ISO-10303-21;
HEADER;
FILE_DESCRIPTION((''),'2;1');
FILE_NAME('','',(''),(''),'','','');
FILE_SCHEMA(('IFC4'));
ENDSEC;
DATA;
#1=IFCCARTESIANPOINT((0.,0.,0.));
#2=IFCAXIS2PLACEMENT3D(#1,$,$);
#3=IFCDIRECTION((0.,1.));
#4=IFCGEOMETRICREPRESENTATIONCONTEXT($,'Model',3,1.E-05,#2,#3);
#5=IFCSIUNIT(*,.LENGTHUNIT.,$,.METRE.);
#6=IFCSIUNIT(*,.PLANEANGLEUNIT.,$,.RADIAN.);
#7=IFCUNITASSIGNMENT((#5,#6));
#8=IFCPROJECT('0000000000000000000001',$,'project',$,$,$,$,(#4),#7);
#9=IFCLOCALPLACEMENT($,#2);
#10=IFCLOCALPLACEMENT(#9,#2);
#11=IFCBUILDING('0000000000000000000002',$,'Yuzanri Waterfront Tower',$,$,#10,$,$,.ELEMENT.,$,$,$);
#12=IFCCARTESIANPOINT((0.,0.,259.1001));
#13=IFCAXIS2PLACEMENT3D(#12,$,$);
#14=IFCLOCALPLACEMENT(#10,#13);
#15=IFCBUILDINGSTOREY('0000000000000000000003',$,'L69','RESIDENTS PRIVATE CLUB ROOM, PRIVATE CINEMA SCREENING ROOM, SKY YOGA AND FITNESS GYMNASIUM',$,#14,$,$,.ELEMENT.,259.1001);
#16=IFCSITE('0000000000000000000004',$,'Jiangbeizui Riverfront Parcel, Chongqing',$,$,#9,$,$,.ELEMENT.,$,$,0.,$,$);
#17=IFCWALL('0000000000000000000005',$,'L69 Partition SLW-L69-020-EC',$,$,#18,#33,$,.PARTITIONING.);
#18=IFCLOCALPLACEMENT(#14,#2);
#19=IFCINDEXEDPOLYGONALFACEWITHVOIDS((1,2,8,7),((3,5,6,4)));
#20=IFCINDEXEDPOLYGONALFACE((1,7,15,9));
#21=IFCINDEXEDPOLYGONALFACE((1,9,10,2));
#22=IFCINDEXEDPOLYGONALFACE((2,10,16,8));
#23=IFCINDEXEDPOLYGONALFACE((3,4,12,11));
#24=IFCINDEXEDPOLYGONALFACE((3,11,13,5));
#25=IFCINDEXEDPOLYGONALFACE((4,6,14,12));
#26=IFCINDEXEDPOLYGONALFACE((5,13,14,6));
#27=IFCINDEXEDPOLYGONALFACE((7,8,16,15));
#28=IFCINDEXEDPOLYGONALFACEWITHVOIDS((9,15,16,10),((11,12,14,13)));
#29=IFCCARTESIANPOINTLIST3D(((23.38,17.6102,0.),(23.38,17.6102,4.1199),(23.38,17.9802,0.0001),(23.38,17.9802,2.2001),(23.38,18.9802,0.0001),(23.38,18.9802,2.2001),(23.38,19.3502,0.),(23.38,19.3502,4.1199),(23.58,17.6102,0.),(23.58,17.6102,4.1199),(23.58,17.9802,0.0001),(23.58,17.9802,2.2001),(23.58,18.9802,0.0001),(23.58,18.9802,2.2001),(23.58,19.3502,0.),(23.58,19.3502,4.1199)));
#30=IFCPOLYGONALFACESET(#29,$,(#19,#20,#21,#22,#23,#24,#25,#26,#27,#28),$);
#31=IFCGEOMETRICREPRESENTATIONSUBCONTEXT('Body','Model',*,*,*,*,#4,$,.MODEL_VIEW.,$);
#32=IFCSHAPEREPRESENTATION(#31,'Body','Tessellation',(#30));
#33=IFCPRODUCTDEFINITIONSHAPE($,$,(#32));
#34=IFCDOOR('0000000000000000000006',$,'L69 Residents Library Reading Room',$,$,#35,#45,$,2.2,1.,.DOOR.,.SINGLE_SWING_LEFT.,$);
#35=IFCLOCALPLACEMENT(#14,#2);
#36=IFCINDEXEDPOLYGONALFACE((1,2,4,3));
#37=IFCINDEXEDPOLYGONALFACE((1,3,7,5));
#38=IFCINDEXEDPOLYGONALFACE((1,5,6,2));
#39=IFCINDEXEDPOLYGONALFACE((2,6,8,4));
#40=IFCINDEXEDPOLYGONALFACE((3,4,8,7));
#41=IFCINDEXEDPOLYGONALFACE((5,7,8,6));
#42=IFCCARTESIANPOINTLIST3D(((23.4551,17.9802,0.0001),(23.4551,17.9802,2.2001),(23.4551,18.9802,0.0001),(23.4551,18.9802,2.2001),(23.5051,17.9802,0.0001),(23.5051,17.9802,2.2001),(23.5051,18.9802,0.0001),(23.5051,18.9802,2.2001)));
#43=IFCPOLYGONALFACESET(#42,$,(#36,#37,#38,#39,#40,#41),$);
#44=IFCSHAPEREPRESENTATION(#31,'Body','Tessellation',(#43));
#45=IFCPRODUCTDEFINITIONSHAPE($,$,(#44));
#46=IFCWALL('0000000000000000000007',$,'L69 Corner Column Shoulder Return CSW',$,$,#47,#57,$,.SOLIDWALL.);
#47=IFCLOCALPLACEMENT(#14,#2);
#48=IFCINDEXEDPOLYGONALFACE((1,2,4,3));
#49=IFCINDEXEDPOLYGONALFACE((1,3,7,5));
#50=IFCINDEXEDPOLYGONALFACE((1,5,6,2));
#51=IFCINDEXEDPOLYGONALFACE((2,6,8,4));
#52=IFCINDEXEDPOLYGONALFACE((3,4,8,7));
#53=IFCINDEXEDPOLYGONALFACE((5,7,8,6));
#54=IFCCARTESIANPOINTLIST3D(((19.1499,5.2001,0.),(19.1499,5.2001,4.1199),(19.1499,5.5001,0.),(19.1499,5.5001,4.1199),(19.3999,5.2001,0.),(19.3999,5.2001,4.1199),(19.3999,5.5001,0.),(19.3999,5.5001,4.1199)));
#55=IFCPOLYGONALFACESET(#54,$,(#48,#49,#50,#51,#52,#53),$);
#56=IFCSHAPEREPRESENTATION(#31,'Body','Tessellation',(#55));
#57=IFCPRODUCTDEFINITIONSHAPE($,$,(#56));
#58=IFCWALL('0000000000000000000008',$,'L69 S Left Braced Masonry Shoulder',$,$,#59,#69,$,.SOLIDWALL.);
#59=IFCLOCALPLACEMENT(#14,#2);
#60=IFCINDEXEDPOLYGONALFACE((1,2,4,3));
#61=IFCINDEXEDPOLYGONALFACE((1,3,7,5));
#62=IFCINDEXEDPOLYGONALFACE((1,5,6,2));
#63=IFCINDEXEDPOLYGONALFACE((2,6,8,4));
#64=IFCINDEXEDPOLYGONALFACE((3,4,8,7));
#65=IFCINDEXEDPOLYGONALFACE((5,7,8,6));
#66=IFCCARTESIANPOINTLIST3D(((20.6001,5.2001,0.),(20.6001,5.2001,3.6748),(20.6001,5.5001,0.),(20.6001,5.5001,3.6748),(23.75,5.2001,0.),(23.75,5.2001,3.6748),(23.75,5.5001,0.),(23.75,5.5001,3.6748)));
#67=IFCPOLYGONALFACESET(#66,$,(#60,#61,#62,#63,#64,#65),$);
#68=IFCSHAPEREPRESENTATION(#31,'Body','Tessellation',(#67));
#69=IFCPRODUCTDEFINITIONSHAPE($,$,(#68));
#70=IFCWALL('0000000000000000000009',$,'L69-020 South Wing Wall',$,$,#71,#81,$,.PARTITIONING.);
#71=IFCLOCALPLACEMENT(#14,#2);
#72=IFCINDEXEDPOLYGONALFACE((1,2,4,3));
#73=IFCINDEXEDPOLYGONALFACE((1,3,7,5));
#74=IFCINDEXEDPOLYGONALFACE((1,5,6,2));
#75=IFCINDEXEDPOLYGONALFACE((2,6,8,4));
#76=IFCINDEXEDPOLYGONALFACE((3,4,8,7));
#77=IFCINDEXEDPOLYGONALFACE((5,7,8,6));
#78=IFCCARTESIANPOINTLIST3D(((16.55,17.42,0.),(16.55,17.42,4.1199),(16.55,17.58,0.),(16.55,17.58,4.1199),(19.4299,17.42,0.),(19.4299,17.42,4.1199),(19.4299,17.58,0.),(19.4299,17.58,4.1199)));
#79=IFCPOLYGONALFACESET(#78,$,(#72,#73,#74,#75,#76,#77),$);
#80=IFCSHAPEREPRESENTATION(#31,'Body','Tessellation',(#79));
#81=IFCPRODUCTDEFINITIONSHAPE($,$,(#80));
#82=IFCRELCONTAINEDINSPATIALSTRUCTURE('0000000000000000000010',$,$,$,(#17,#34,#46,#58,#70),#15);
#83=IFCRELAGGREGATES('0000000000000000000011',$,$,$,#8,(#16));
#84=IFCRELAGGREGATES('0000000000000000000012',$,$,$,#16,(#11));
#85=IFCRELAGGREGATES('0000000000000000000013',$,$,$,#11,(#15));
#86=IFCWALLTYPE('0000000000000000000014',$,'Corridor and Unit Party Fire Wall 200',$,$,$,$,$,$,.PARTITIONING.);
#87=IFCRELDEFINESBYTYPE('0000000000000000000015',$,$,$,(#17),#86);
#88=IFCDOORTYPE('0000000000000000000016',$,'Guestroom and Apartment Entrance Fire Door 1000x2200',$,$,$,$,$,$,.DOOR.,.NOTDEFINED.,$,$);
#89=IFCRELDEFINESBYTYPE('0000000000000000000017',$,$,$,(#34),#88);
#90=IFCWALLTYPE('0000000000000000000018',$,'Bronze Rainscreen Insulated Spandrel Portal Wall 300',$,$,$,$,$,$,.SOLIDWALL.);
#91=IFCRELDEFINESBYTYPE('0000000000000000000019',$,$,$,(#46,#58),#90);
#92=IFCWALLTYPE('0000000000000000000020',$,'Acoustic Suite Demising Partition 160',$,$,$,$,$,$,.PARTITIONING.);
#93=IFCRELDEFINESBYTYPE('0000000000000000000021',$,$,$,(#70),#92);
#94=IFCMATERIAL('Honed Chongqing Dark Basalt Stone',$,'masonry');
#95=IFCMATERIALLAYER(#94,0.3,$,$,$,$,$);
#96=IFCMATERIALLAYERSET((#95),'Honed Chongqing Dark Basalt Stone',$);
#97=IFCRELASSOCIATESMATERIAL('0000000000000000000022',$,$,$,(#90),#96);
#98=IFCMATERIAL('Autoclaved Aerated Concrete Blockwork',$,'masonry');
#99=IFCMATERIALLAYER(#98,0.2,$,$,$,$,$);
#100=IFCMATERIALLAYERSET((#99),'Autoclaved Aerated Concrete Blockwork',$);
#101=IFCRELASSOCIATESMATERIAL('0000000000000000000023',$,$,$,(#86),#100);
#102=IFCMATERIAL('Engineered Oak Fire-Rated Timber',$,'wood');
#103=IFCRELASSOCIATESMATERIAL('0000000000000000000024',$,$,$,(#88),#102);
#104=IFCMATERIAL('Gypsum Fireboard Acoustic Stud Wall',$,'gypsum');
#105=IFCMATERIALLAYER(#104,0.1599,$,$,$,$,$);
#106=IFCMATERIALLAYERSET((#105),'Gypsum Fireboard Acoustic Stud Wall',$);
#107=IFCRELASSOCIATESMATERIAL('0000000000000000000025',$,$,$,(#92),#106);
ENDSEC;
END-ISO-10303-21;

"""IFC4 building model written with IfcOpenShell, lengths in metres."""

from ifc_helpers import new_model, si_unit, direction, frame, frame_2d, origin, place, context, subcontext, project, spatial, rectangle, extrude, source, transform, mapped, material, layer, layer_set, type_object, element, fill, save


model = new_model("IFC4")

# Units and contexts
model_context = context("Model", 3, precision=1e-05, world=origin(), true_north=direction((0.0, 1.0)))
body_context = subcontext(model_context, "Body", "Model", "MODEL_VIEW")
ifc_project = project(units=[si_unit("LENGTHUNIT", "METRE"), si_unit("PLANEANGLEUNIT", "RADIAN")], contexts=[model_context])

# Site, building, storey
site_placement = place(None, origin())
site = spatial("IfcSite", under=ifc_project, at=site_placement, Name="Jiangbeizui Riverfront Parcel, Chongqing", CompositionType="ELEMENT", RefElevation=0.0)
building_placement = place(site_placement, origin())
building = spatial("IfcBuilding", under=site, at=building_placement, Name="Yuzanri Waterfront Tower", CompositionType="ELEMENT")
storey_placement = place(building_placement, frame((0.0, 0.0, 259.1001)))
storey = spatial("IfcBuildingStorey", under=building, at=storey_placement, Name="L69", Description="RESIDENTS PRIVATE CLUB ROOM, PRIVATE CINEMA SCREENING ROOM, SKY YOGA AND FITNESS GYMNASIUM", CompositionType="ELEMENT", Elevation=259.1001)

# Shared definitions
ifc_material_1 = material(Name="Honed Chongqing Dark Basalt Stone", Category="masonry")
ifc_layer_1 = layer(ifc_material_1, 0.3)
ifc_layer_set_1 = layer_set([ifc_layer_1], Name="Honed Chongqing Dark Basalt Stone")
wall_type_1 = type_object("IfcWallType", Name="Bronze Rainscreen Insulated Spandrel Portal Wall 300", PredefinedType="SOLIDWALL", material=ifc_layer_set_1)

# Wall, opening, door
ifc_material_2 = material(Name="Autoclaved Aerated Concrete Blockwork", Category="masonry")
ifc_layer_2 = layer(ifc_material_2, 0.2)
ifc_layer_set_2 = layer_set([ifc_layer_2], Name="Autoclaved Aerated Concrete Blockwork")
wall_type_2 = type_object("IfcWallType", Name="Corridor and Unit Party Fire Wall 200", PredefinedType="PARTITIONING", material=ifc_layer_set_2)
ifc_material_3 = material(Name="Engineered Oak Fire-Rated Timber", Category="wood")
door_type_1 = type_object("IfcDoorType", Name="Guestroom and Apartment Entrance Fire Door 1000x2200", OperationType="NOTDEFINED", PredefinedType="DOOR", material=ifc_material_3)
shared_shape_1 = source(origin(), body_context, "Body", "SweptSolid", [
    extrude(rectangle(XDim=1.0, YDim=2.2, at=frame_2d((0.5, 1.1001))), frame((0.0, 0.0249, 0.0), z_axis=(0.0, -1.0, 0.0), x_axis=(1.0, 0.0, 0.0)), (0.0, 0.0, 1.0), 0.05),
])
wall_1_placement = place(storey_placement, frame((23.48, 17.6101, 0.0), z_axis=(0.0, 0.0, 1.0), x_axis=(0.0, 1.0, 0.0)))
wall_1 = element("IfcWall", 1, at=wall_1_placement, inside=storey, type_object=wall_type_2, Name="L69 Partition SLW-L69-020-EC", PredefinedType="PARTITIONING", context=body_context, shape_type="SweptSolid", body=[
    extrude(rectangle(XDim=1.74, YDim=0.2, at=frame_2d((0.8701, 0.0))), origin(), (0.0, 0.0, 1.0), 4.1199),
])
opening_1_placement = place(wall_1_placement, frame((0.3701, 0.0, 0.0)))
opening_1 = element("IfcOpeningElement", 2, at=opening_1_placement, cuts=wall_1, PredefinedType="OPENING", context=body_context, shape_type="SweptSolid", body=[
    extrude(rectangle(XDim=1.0, YDim=2.2, at=frame_2d((0.5, 1.1001))), frame((0.0, 0.1147, 0.0), z_axis=(0.0, -1.0, 0.0), x_axis=(1.0, 0.0, 0.0)), (0.0, 0.0, 1.0), 0.2297),
])
door_1_placement = place(opening_1_placement, origin())
door_1 = element("IfcDoor", 3, at=door_1_placement, inside=storey, type_object=door_type_1, Name="L69 Residents Library Reading Room", OperationType="SINGLE_SWING_LEFT", OverallHeight=2.2, OverallWidth=1.0, PredefinedType="DOOR", context=body_context, shape_type="MappedRepresentation", body=[
    mapped(shared_shape_1, transform((0.0, 0.0, 0.0), scale=1.0)),
])
fill(opening_1, door_1)

# Walls
shared_shape_2 = source(origin(), body_context, "Body", "SweptSolid", [
    extrude(rectangle(XDim=0.25, YDim=0.3, at=frame_2d((0.125, 0.0))), origin(), (0.0, 0.0, 1.0), 4.1199),
])
wall_2_placement = place(storey_placement, frame((19.1499, 5.3501, 0.0), z_axis=(0.0, 0.0, 1.0), x_axis=(1.0, 0.0, 0.0)))
element("IfcWall", 4, at=wall_2_placement, inside=storey, type_object=wall_type_1, Name="L69 Corner Column Shoulder Return CSW", PredefinedType="SOLIDWALL", context=body_context, shape_type="MappedRepresentation", body=[
    mapped(shared_shape_2, transform((0.0, 0.0, 0.0), scale=1.0)),
])
shared_shape_3 = source(origin(), body_context, "Body", "SweptSolid", [
    extrude(rectangle(XDim=3.1499, YDim=0.3, at=frame_2d((1.575, 0.0))), origin(), (0.0, 0.0, 1.0), 3.6748),
])
wall_3_placement = place(storey_placement, frame((20.6001, 5.3501, 0.0), z_axis=(0.0, 0.0, 1.0), x_axis=(1.0, 0.0, 0.0)))
element("IfcWall", 5, at=wall_3_placement, inside=storey, type_object=wall_type_1, Name="L69 S Left Braced Masonry Shoulder", PredefinedType="SOLIDWALL", context=body_context, shape_type="MappedRepresentation", body=[
    mapped(shared_shape_3, transform((0.0, 0.0, 0.0), scale=1.0)),
])
ifc_material_4 = material(Name="Gypsum Fireboard Acoustic Stud Wall", Category="gypsum")
ifc_layer_3 = layer(ifc_material_4, 0.1599)
ifc_layer_set_3 = layer_set([ifc_layer_3], Name="Gypsum Fireboard Acoustic Stud Wall")
wall_type_3 = type_object("IfcWallType", Name="Acoustic Suite Demising Partition 160", PredefinedType="PARTITIONING", material=ifc_layer_set_3)
shared_shape_4 = source(origin(), body_context, "Body", "SweptSolid", [
    extrude(rectangle(XDim=2.8799, YDim=0.1599, at=frame_2d((1.4399, 0.0))), origin(), (0.0, 0.0, 1.0), 4.1199),
])
wall_4_placement = place(storey_placement, frame((16.55, 17.5, 0.0), z_axis=(0.0, 0.0, 1.0), x_axis=(1.0, 0.0, 0.0)))
element("IfcWall", 6, at=wall_4_placement, inside=storey, type_object=wall_type_3, Name="L69-020 South Wing Wall", PredefinedType="PARTITIONING", context=body_context, shape_type="MappedRepresentation", body=[
    mapped(shared_shape_4, transform((0.0, 0.0, 0.0), scale=1.0)),
])

save(model, "model.ifc")
